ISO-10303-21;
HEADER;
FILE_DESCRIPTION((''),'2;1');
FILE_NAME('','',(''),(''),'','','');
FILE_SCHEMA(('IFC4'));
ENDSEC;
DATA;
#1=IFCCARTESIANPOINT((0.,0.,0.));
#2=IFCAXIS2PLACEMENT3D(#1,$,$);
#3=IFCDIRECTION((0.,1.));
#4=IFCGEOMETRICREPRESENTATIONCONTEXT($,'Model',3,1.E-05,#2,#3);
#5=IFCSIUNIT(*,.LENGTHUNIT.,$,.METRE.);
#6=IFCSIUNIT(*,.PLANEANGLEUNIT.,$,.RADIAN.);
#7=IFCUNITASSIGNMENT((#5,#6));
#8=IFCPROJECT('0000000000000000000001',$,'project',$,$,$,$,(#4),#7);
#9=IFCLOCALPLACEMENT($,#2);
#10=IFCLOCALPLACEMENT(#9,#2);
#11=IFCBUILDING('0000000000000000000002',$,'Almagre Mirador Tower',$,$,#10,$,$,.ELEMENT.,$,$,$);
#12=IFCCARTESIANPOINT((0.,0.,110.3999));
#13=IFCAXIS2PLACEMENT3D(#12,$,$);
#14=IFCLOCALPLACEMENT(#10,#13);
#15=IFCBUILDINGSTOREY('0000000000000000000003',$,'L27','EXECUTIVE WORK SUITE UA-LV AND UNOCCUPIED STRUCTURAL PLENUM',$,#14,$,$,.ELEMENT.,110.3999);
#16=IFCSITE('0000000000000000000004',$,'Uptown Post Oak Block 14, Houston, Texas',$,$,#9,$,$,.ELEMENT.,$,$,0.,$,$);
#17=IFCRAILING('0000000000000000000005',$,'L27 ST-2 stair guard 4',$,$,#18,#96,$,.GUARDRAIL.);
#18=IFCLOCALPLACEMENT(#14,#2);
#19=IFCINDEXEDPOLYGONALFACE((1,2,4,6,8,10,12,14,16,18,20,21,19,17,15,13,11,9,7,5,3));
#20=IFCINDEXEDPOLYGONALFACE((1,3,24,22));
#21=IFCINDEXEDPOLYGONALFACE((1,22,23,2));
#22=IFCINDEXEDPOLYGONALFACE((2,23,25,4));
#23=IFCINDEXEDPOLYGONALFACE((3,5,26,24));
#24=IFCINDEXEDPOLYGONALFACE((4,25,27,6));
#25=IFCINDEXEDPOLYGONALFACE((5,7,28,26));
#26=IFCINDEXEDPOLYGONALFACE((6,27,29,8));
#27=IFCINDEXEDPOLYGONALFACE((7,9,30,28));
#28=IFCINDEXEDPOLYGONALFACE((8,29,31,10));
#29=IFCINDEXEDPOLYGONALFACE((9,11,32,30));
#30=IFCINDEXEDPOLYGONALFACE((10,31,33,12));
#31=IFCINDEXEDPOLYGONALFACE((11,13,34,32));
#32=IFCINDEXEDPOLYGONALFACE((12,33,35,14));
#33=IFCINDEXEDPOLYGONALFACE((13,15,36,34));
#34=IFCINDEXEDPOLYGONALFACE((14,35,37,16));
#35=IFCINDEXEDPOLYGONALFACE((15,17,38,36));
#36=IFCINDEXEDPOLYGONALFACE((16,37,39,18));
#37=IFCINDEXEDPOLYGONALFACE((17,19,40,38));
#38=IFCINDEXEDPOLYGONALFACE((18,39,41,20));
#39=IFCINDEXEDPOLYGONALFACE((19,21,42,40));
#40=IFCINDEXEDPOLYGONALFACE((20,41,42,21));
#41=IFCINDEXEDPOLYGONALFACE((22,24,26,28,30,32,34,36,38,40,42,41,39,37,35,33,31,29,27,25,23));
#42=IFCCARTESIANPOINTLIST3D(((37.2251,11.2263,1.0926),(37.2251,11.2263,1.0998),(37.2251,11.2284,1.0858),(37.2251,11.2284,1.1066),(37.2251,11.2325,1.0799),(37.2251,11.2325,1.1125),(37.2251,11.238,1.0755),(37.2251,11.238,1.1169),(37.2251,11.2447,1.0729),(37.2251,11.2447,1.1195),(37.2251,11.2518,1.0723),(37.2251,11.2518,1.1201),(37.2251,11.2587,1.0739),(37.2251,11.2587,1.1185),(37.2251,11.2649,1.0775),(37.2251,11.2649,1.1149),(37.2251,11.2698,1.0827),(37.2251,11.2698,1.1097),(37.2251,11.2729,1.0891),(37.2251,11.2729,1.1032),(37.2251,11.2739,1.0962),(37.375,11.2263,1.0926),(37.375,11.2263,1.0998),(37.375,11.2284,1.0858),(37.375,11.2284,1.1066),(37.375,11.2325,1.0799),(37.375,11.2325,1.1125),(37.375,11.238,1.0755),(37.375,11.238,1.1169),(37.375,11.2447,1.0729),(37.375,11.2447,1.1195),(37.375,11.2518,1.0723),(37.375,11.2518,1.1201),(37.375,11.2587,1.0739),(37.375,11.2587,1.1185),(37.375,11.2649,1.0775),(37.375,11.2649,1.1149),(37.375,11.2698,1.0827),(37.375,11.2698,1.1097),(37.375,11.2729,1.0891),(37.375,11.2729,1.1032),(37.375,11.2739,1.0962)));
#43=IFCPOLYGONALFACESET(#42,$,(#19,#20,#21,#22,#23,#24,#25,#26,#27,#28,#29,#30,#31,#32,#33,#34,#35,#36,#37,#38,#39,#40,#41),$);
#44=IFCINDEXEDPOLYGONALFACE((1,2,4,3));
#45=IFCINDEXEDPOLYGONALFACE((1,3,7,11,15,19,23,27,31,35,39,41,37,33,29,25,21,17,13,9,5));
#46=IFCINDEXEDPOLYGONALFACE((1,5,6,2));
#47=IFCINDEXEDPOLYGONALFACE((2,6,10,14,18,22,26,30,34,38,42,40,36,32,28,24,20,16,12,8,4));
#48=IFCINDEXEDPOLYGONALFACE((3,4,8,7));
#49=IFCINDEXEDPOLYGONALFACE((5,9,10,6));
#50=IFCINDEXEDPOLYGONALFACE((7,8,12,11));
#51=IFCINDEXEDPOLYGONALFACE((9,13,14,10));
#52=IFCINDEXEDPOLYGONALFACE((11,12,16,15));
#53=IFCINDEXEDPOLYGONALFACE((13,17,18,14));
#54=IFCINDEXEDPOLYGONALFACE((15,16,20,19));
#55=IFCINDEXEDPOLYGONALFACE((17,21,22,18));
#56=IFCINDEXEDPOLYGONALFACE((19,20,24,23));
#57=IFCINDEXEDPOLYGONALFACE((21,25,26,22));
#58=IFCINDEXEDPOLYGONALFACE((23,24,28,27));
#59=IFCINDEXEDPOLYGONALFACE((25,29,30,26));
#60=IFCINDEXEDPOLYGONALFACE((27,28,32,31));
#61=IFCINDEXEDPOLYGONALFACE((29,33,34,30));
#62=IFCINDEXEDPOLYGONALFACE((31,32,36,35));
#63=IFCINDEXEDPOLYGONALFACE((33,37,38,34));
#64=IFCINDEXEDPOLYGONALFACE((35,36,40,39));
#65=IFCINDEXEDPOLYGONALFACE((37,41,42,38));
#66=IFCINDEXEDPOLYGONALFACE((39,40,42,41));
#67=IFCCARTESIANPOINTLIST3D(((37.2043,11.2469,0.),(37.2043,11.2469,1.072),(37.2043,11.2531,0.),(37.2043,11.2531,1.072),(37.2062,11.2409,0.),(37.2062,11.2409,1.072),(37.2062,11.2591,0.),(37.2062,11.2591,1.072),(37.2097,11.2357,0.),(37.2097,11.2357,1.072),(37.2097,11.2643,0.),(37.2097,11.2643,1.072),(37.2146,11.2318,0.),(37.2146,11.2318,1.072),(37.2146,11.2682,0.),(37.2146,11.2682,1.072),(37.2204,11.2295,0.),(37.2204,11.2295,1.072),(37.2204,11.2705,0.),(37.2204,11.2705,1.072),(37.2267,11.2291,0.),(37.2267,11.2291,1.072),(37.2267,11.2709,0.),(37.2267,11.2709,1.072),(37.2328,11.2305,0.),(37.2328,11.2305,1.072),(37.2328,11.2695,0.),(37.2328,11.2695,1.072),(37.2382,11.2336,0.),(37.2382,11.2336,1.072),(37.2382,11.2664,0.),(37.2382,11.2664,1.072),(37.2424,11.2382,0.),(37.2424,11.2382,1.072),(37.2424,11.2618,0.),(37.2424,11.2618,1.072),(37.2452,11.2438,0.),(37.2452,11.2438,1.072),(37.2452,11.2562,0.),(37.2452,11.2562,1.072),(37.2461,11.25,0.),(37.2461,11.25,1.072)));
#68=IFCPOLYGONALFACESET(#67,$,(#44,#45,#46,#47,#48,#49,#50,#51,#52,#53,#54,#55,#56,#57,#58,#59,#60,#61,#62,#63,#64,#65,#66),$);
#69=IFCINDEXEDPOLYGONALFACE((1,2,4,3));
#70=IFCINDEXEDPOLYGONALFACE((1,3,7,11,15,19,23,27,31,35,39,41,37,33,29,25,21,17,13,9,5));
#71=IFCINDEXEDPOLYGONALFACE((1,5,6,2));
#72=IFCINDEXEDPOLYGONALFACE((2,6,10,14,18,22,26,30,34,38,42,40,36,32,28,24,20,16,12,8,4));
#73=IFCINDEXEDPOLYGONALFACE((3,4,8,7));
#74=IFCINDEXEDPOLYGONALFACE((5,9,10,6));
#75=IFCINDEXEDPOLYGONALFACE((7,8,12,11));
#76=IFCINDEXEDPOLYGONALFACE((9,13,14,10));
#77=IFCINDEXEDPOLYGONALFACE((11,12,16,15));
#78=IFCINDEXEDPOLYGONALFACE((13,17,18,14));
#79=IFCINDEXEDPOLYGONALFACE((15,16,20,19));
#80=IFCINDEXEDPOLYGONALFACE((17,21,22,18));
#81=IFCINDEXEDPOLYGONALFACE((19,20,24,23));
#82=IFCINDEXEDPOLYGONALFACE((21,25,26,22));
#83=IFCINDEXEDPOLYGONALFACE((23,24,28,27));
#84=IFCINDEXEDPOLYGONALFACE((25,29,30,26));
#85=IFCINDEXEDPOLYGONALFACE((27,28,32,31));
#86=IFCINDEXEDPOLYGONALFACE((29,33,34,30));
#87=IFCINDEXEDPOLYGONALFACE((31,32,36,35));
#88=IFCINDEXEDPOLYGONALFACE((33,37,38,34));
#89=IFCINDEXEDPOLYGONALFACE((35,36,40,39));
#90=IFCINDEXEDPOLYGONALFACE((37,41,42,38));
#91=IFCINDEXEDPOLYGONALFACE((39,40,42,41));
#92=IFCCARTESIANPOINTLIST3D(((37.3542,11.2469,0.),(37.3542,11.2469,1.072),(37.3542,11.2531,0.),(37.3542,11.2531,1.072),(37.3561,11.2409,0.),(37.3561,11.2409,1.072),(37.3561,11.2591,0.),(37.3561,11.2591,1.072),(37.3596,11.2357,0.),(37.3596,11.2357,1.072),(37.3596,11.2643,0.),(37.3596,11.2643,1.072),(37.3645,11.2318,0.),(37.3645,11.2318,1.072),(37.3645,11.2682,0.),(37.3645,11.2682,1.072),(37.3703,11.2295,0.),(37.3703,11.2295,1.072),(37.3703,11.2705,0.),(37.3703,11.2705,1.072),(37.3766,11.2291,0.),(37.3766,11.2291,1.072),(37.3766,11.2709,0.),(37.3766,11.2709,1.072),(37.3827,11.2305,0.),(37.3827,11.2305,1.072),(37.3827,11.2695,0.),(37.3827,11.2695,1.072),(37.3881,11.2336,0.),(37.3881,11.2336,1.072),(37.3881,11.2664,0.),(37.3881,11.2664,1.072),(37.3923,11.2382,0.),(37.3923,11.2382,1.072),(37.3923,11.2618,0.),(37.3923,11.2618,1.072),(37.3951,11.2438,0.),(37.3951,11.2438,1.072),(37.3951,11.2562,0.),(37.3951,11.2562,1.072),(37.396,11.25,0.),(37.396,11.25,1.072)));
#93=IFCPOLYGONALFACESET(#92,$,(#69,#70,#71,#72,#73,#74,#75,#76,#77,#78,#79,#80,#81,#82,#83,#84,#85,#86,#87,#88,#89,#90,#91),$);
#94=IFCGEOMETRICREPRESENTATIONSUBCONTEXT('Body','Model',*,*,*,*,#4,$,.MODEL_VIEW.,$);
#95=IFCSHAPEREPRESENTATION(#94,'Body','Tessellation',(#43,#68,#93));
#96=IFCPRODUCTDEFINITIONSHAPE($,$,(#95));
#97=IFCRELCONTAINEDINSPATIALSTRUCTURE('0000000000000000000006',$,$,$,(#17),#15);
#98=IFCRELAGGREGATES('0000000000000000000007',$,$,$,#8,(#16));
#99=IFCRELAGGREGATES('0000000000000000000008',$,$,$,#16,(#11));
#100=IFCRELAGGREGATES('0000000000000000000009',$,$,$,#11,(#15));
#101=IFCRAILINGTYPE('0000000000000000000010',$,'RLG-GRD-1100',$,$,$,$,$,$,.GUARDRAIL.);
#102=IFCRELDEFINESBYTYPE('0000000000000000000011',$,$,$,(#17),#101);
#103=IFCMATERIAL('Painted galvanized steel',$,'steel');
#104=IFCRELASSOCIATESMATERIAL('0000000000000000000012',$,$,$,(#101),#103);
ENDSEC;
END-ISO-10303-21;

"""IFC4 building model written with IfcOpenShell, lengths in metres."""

from ifc_helpers import new_model, si_unit, direction, frame, origin, origin_2d, place, context, subcontext, project, spatial, circle, extrude, material, type_object, element, save


model = new_model("IFC4")

# Units and contexts
model_context = context("Model", 3, precision=1e-05, world=origin(), true_north=direction((0.0, 1.0)))
body_context = subcontext(model_context, "Body", "Model", "MODEL_VIEW")
ifc_project = project(units=[si_unit("LENGTHUNIT", "METRE"), si_unit("PLANEANGLEUNIT", "RADIAN")], contexts=[model_context])

# Site, building, storey
site_placement = place(None, origin())
site = spatial("IfcSite", under=ifc_project, at=site_placement, Name="Uptown Post Oak Block 14, Houston, Texas", CompositionType="ELEMENT", RefElevation=0.0)
building_placement = place(site_placement, origin())
building = spatial("IfcBuilding", under=site, at=building_placement, Name="Almagre Mirador Tower", CompositionType="ELEMENT")
storey_placement = place(building_placement, frame((0.0, 0.0, 110.3999)))
storey = spatial("IfcBuildingStorey", under=building, at=storey_placement, Name="L27", Description="EXECUTIVE WORK SUITE UA-LV AND UNOCCUPIED STRUCTURAL PLENUM", CompositionType="ELEMENT", Elevation=110.3999)

# Railing
ifc_material_1 = material(Name="Painted galvanized steel", Category="steel")
railing_type_1 = type_object("IfcRailingType", Name="RLG-GRD-1100", PredefinedType="GUARDRAIL", material=ifc_material_1)
railing_1_placement = place(storey_placement, frame((37.2251, 11.25, 0.0)))
element("IfcRailing", 1, at=railing_1_placement, inside=storey, type_object=railing_type_1, Name="L27 ST-2 stair guard 4", PredefinedType="GUARDRAIL", context=body_context, shape_type="SweptSolid", body=[
    extrude(circle(Radius=0.0239, at=origin_2d()), frame((0.0, 0.0, 1.0962), z_axis=(1.0, 0.0, 0.0), x_axis=(0.0, 1.0, 0.0)), (0.0, 0.0, 1.0), 0.1499),
    extrude(circle(Radius=0.021, at=origin_2d()), origin(), (0.0, 0.0, 1.0), 1.072),
    extrude(circle(Radius=0.021, at=origin_2d()), frame((0.1499, 0.0, 0.0)), (0.0, 0.0, 1.0), 1.072),
])

save(model, "model.ifc")
